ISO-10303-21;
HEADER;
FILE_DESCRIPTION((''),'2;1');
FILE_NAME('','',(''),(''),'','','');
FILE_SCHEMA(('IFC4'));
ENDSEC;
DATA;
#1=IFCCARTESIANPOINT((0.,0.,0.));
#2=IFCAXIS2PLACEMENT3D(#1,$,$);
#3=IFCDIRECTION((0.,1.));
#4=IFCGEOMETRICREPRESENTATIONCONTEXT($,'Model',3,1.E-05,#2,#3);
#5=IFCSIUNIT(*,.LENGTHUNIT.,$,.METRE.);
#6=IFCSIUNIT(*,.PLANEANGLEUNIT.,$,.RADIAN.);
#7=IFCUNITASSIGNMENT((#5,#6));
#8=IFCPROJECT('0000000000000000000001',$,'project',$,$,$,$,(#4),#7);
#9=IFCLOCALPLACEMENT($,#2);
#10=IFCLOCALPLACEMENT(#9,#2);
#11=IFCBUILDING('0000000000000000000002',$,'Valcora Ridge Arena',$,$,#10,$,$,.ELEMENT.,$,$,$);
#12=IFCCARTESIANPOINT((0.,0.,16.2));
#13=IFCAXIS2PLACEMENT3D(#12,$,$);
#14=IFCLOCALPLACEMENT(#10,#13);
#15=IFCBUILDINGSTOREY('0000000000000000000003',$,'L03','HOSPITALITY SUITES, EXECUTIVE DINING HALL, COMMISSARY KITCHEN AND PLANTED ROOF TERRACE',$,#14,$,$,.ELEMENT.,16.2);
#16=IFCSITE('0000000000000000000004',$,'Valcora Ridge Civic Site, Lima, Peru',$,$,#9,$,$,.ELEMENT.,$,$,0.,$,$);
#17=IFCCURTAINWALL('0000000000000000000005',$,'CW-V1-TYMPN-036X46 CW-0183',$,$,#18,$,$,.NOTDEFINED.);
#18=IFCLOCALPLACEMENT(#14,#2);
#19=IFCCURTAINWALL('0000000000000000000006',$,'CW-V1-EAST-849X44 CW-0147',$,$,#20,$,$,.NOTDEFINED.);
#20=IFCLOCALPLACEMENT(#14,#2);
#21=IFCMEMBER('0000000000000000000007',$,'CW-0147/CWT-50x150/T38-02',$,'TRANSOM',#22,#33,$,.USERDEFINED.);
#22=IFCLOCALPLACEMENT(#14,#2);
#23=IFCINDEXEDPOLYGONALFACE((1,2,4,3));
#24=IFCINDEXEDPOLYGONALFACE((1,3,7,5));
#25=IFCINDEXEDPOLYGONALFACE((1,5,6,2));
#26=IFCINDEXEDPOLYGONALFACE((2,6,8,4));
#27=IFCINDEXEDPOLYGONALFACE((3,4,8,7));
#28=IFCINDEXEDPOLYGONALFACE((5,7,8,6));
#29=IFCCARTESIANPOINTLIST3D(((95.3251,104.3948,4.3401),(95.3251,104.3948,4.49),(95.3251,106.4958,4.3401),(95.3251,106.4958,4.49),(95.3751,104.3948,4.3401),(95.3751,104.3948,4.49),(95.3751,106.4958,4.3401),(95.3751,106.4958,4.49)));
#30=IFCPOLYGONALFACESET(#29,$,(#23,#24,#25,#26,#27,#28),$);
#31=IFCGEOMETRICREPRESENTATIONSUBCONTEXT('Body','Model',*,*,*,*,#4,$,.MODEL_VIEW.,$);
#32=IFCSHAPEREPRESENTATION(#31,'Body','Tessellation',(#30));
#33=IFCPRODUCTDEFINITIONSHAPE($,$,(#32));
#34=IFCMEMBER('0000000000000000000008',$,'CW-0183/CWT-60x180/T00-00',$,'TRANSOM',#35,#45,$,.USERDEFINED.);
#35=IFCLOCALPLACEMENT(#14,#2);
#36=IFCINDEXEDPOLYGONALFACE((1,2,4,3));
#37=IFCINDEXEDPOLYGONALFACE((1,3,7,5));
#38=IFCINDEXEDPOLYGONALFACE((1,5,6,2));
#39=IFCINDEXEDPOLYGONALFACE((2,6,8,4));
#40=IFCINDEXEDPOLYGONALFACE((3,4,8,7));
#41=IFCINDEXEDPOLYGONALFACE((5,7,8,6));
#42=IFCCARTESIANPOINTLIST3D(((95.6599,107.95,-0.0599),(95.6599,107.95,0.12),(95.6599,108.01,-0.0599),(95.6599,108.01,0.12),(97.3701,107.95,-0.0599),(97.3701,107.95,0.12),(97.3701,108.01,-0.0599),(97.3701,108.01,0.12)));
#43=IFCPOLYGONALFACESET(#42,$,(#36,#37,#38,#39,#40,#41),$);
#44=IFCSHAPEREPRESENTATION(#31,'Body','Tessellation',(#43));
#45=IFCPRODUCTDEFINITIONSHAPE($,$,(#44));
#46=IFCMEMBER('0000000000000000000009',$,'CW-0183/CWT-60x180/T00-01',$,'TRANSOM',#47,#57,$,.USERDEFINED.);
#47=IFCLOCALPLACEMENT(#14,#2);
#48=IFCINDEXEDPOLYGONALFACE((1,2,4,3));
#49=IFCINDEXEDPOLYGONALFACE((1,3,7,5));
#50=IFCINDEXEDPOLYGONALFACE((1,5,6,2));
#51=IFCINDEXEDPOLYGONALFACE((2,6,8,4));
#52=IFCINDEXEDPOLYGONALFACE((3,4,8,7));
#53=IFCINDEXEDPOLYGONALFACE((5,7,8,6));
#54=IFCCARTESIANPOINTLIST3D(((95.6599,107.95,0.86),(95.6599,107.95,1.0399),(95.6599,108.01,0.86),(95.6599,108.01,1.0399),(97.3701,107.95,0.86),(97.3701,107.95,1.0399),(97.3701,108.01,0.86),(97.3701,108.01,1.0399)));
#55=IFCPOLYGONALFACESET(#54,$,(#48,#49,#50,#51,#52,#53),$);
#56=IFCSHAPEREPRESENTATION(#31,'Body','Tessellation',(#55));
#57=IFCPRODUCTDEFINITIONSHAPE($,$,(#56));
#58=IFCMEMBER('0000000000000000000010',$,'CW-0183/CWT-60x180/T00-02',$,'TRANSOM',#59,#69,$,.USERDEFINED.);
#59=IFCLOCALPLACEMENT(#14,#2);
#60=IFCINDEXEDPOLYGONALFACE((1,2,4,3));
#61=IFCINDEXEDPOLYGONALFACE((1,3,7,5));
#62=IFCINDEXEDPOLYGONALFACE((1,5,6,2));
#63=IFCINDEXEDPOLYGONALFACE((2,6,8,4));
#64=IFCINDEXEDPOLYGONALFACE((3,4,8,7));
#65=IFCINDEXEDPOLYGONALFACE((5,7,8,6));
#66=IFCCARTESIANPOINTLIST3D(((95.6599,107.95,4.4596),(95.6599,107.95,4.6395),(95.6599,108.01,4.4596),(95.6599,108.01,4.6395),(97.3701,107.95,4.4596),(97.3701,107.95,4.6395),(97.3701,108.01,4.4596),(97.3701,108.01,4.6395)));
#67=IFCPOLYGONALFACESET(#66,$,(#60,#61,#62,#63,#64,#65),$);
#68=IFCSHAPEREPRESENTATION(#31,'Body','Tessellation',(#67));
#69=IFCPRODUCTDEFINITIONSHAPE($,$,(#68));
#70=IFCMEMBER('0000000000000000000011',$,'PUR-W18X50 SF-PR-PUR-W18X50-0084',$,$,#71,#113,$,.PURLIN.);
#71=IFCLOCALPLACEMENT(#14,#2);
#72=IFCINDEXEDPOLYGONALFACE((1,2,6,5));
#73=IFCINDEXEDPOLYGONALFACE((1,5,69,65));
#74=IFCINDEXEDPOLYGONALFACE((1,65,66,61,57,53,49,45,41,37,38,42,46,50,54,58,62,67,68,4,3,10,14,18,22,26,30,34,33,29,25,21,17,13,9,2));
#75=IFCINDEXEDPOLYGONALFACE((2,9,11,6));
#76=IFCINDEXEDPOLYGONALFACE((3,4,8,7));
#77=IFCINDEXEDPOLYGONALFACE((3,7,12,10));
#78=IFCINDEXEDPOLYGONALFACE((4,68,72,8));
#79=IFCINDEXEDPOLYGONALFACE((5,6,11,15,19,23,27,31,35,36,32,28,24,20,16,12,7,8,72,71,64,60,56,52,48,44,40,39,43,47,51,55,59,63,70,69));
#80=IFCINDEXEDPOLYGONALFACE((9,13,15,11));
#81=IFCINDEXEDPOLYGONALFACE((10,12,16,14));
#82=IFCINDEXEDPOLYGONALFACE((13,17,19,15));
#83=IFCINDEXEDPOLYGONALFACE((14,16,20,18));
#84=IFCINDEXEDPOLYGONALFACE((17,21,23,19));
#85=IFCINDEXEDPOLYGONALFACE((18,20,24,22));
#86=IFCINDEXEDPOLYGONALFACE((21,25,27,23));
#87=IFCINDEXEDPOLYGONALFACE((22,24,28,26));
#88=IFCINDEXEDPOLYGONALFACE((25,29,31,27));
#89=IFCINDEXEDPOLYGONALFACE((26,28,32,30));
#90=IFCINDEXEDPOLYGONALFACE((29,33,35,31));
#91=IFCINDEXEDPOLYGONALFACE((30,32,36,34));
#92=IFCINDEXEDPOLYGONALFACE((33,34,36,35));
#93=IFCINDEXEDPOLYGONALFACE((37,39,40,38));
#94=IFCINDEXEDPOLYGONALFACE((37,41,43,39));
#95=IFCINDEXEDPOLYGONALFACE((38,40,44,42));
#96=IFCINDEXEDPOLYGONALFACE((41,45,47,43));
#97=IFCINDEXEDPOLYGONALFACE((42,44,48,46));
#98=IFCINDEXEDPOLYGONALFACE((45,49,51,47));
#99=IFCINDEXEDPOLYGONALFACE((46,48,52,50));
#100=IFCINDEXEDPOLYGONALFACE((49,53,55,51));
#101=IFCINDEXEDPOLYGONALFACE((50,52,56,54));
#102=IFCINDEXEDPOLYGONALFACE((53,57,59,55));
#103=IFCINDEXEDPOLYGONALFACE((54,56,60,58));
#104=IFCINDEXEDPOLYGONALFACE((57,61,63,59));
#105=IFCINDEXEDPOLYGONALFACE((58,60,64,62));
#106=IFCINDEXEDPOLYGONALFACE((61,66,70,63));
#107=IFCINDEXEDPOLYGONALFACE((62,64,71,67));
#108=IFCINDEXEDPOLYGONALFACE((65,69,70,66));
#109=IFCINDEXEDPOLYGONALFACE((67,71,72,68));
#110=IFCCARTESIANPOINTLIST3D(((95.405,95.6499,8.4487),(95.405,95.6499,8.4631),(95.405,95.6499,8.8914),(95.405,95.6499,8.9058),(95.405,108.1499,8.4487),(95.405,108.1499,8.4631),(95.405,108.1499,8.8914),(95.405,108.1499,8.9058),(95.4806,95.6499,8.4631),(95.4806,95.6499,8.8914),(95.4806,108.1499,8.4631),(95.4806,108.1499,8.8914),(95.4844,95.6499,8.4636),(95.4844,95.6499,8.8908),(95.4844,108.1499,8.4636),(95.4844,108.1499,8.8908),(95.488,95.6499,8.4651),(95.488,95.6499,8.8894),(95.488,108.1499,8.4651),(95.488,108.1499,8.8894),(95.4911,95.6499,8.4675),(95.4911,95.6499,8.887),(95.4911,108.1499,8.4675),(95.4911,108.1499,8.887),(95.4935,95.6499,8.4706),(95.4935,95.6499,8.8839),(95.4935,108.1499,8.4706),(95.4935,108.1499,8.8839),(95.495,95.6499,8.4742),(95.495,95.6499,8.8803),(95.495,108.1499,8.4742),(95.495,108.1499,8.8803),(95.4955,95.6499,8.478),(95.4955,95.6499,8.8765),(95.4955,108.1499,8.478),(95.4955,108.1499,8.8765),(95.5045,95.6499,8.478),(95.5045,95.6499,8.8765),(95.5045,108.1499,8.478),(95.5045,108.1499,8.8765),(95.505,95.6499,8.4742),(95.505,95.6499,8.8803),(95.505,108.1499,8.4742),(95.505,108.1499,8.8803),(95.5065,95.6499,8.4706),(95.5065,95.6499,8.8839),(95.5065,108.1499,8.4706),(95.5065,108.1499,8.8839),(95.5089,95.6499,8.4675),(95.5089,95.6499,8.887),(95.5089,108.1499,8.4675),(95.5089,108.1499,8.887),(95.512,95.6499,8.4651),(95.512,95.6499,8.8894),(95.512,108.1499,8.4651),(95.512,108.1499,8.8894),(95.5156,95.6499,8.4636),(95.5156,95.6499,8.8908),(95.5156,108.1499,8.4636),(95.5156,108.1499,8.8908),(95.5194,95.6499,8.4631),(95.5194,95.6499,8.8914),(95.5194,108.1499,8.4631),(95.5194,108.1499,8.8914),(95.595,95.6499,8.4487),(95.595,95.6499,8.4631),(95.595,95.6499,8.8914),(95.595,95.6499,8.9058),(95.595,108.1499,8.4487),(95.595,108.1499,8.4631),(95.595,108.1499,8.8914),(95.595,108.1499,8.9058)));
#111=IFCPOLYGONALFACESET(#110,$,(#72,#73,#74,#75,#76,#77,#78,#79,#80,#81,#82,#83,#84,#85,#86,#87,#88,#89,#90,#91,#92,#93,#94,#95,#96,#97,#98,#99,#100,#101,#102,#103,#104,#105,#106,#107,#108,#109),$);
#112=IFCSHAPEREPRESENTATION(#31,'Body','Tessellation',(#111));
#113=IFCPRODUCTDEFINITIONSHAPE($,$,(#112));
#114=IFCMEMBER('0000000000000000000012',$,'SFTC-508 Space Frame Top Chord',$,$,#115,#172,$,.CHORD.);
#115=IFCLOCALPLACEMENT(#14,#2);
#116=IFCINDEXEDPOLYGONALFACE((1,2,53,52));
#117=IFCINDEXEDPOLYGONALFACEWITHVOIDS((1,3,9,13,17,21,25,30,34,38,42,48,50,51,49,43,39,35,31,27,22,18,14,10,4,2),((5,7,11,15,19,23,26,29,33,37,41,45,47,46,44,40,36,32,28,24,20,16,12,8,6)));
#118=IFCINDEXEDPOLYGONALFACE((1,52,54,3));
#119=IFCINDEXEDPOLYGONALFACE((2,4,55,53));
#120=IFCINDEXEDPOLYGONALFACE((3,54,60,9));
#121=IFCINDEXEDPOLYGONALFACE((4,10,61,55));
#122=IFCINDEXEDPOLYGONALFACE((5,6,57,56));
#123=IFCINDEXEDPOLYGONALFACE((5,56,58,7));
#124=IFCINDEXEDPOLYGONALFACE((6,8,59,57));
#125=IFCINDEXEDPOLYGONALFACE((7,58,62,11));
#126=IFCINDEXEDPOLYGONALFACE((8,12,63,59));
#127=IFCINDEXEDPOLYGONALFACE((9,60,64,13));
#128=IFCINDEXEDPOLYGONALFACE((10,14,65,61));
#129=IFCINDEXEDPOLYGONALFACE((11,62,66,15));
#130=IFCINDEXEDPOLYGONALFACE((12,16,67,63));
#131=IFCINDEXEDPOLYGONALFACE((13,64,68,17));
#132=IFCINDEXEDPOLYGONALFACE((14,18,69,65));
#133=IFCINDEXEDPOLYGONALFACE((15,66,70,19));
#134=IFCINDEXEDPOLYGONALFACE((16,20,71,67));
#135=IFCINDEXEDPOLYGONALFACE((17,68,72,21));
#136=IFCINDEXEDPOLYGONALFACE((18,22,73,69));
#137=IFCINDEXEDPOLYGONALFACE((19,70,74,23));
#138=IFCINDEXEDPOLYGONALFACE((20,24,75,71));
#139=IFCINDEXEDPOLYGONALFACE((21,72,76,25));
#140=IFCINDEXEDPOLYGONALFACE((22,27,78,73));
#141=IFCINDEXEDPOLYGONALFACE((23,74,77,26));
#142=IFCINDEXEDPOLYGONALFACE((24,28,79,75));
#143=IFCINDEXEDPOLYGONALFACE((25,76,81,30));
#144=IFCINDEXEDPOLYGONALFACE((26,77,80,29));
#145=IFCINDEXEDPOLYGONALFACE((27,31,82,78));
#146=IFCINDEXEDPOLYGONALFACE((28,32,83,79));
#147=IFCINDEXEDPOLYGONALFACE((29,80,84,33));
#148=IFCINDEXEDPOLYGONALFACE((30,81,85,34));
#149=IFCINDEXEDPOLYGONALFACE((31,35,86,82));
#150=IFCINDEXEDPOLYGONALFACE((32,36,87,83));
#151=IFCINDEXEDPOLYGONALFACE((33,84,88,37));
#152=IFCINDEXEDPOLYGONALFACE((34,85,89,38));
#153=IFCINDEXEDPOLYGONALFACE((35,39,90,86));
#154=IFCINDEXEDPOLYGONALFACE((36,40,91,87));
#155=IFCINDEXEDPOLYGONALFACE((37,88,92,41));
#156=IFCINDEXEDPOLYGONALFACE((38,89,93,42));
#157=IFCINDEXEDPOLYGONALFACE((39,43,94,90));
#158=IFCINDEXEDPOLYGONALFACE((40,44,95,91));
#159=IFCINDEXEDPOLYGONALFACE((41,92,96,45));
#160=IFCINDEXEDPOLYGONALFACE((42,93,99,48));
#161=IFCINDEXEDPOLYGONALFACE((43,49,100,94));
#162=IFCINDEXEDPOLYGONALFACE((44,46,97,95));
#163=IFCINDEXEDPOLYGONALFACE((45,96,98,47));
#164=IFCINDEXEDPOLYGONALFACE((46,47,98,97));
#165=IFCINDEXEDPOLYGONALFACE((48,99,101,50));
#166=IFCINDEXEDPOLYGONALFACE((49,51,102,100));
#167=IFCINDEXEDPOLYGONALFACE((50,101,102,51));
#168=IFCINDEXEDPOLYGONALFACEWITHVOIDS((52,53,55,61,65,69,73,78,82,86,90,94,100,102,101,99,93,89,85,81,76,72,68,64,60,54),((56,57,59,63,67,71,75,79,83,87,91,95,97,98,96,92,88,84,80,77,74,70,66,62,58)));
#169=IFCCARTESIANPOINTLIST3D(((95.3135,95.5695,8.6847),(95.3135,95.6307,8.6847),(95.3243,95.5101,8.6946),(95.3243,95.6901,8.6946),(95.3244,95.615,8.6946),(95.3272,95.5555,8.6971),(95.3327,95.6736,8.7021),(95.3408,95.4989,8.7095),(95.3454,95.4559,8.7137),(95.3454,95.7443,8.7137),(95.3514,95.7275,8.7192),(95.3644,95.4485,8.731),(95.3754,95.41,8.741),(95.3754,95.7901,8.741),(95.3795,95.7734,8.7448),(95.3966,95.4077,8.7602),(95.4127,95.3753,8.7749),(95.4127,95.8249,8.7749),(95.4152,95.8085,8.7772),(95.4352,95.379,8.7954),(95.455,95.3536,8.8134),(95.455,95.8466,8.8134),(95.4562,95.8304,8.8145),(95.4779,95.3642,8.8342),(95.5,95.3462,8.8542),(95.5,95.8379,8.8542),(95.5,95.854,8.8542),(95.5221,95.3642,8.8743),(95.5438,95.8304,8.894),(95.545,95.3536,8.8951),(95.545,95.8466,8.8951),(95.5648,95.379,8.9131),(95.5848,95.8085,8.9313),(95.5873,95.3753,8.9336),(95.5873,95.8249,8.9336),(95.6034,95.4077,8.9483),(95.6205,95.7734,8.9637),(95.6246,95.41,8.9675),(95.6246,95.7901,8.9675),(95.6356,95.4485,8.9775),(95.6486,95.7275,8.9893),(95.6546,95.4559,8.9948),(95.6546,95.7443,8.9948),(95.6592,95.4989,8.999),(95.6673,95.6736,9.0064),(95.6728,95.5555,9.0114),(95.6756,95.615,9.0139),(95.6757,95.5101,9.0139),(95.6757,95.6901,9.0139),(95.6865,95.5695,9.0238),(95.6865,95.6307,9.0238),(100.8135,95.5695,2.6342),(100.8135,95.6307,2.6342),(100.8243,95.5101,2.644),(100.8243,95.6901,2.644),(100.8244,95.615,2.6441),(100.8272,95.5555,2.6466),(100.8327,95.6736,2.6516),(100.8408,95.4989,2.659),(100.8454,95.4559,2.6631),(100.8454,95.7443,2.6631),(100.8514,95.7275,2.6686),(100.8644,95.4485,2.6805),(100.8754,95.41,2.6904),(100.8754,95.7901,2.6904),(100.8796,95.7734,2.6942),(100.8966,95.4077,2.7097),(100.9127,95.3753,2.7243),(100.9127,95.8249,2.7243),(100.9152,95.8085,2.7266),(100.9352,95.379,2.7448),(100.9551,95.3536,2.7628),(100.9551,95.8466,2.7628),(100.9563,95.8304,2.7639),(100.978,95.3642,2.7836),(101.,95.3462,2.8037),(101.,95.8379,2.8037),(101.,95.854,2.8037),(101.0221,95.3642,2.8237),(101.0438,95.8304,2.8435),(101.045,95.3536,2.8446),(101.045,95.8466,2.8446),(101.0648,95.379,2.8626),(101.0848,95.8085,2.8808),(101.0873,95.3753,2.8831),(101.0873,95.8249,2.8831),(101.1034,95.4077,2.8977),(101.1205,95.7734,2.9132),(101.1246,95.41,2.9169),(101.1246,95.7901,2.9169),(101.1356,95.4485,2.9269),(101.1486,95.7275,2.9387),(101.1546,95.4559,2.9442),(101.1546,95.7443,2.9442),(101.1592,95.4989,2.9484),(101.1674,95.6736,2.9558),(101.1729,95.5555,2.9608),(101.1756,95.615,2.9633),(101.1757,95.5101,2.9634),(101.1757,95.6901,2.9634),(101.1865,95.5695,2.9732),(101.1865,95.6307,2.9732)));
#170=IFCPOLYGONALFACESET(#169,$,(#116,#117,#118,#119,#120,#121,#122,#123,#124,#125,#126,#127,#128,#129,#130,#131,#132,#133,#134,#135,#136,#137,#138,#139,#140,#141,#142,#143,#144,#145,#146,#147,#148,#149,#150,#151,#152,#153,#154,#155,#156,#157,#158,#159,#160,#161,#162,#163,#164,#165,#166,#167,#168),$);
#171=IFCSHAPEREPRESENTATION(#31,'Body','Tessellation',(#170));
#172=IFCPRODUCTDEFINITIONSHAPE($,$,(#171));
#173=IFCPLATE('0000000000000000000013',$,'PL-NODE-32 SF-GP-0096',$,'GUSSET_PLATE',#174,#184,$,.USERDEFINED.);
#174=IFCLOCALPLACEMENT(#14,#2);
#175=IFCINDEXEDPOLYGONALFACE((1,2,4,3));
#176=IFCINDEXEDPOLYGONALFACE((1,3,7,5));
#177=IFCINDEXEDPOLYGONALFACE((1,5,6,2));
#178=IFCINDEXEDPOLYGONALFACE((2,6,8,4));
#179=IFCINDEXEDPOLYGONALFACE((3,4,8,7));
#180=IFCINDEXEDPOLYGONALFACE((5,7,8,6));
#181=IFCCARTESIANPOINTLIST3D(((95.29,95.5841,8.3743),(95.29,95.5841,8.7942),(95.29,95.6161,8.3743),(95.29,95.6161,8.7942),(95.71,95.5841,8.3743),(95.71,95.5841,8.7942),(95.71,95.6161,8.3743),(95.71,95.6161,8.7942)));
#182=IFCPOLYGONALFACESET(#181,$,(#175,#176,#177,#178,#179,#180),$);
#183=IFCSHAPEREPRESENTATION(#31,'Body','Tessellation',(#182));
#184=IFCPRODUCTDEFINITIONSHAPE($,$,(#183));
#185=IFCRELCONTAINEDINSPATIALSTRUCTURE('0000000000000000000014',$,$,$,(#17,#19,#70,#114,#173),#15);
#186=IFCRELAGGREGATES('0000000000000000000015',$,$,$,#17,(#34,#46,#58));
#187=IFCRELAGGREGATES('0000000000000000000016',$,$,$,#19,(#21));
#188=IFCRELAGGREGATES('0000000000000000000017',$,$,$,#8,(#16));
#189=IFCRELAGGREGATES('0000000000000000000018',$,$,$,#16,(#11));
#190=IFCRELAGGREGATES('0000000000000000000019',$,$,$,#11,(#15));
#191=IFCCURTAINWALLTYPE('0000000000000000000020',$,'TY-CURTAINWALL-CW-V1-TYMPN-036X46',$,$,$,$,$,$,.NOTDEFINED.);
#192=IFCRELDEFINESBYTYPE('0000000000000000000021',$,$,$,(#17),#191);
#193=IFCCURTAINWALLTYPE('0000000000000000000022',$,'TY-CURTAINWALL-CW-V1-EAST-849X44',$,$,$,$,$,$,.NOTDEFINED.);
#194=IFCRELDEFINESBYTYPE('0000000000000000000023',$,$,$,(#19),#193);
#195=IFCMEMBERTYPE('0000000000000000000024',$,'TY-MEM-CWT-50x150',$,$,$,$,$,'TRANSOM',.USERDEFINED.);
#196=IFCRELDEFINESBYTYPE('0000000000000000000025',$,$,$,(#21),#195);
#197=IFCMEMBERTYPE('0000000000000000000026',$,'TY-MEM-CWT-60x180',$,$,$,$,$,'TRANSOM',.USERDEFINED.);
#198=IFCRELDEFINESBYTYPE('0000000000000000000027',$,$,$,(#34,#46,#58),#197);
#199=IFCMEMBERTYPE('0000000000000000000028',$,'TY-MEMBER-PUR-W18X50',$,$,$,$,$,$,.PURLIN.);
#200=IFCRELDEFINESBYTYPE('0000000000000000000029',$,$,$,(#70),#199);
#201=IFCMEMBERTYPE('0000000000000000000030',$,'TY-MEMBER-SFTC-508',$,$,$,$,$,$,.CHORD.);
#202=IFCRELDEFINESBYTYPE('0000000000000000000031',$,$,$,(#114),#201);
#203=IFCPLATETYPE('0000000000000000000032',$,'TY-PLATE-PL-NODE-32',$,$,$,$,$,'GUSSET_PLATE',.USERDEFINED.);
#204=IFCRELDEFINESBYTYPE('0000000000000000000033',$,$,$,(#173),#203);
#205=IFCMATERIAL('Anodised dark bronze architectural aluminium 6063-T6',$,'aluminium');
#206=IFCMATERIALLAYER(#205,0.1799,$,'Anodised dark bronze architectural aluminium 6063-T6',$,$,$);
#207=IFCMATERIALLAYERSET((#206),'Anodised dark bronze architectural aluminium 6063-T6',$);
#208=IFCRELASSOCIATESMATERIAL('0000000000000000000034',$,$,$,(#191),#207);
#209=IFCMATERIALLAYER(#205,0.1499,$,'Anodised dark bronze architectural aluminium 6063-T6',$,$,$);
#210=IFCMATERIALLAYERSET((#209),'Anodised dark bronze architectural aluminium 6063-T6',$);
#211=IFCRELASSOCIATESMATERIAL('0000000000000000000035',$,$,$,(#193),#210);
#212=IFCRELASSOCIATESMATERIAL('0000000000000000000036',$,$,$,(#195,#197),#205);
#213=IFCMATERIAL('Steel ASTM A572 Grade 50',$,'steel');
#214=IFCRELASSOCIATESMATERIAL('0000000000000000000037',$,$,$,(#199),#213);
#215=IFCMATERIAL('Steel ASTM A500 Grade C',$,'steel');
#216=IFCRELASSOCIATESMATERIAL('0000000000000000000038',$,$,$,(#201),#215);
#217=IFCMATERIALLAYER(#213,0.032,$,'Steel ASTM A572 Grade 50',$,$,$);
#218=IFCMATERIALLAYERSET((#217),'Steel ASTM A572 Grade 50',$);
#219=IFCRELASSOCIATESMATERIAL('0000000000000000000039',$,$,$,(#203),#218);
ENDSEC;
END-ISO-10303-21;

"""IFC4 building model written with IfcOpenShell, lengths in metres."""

from ifc_helpers import new_model, si_unit, direction, frame, origin, origin_2d, place, context, subcontext, project, spatial, rectangle, hollow_circle, i_section, extrude, material, layer, layer_set, material_profile, profile_set, type_object, element, aggregate, save


model = new_model("IFC4")

# Units and contexts
model_context = context("Model", 3, precision=1e-05, world=origin(), true_north=direction((0.0, 1.0)))
body_context = subcontext(model_context, "Body", "Model", "MODEL_VIEW")
ifc_project = project(units=[si_unit("LENGTHUNIT", "METRE"), si_unit("PLANEANGLEUNIT", "RADIAN")], contexts=[model_context])

# Site, building, storey
site_placement = place(None, origin())
site = spatial("IfcSite", under=ifc_project, at=site_placement, Name="Valcora Ridge Civic Site, Lima, Peru", CompositionType="ELEMENT", RefElevation=0.0)
building_placement = place(site_placement, origin())
building = spatial("IfcBuilding", under=site, at=building_placement, Name="Valcora Ridge Arena", CompositionType="ELEMENT")
storey_placement = place(building_placement, frame((0.0, 0.0, 16.2)))
storey = spatial("IfcBuildingStorey", under=building, at=storey_placement, Name="L03", Description="HOSPITALITY SUITES, EXECUTIVE DINING HALL, COMMISSARY KITCHEN AND PLANTED ROOF TERRACE", CompositionType="ELEMENT", Elevation=16.2)

# Curtain wall
ifc_material_1 = material(Name="Anodised dark bronze architectural aluminium 6063-T6", Category="aluminium")
ifc_layer_1 = layer(ifc_material_1, 0.1799, Name="Anodised dark bronze architectural aluminium 6063-T6")
ifc_layer_set_1 = layer_set([ifc_layer_1], Name="Anodised dark bronze architectural aluminium 6063-T6")
curtain_wall_type_1 = type_object("IfcCurtainWallType", Name="TY-CURTAINWALL-CW-V1-TYMPN-036X46", PredefinedType="NOTDEFINED", material=ifc_layer_set_1)
curtain_wall_1_placement = place(storey_placement, origin())
curtain_wall_1 = element("IfcCurtainWall", 1, at=curtain_wall_1_placement, inside=storey, type_object=curtain_wall_type_1, Name="CW-V1-TYMPN-036X46 CW-0183", PredefinedType="NOTDEFINED")

# Curtain wall, member
ifc_layer_2 = layer(ifc_material_1, 0.1499, Name="Anodised dark bronze architectural aluminium 6063-T6")
ifc_layer_set_2 = layer_set([ifc_layer_2], Name="Anodised dark bronze architectural aluminium 6063-T6")
curtain_wall_type_2 = type_object("IfcCurtainWallType", Name="TY-CURTAINWALL-CW-V1-EAST-849X44", PredefinedType="NOTDEFINED", material=ifc_layer_set_2)
curtain_wall_2_placement = place(storey_placement, origin())
curtain_wall_2 = element("IfcCurtainWall", 2, at=curtain_wall_2_placement, inside=storey, type_object=curtain_wall_type_2, Name="CW-V1-EAST-849X44 CW-0147", PredefinedType="NOTDEFINED")
ifc_material_profile_1 = material_profile(ifc_material_1, rectangle(XDim=0.05, YDim=0.1499, at=origin_2d()), Name="ALU TRANSOM 50x150")
ifc_profile_set_1 = profile_set([ifc_material_profile_1], Name="Anodised dark bronze architectural aluminium 6063-T6")
member_type_1 = type_object("IfcMemberType", Name="TY-MEM-CWT-50x150", ElementType="TRANSOM", PredefinedType="USERDEFINED", material=ifc_profile_set_1)
member_1_placement = place(storey_placement, frame((95.3501, 104.3948, 4.415), z_axis=(0.0, 1.0, 0.0), x_axis=(-1.0, 0.0, 0.0)))
member_1 = element("IfcMember", 3, at=member_1_placement, type_object=member_type_1, Name="CW-0147/CWT-50x150/T38-02", ObjectType="TRANSOM", PredefinedType="USERDEFINED", context=body_context, shape_type="SweptSolid", body=[
    extrude(rectangle(XDim=0.05, YDim=0.1499, at=origin_2d()), origin(), (0.0, 0.0, 1.0), 2.1011),
])

# Members
ifc_material_profile_2 = material_profile(ifc_material_1, rectangle(XDim=0.0601, YDim=0.1799, at=origin_2d()), Name="ALU TRANSOM 60x180")
ifc_profile_set_2 = profile_set([ifc_material_profile_2], Name="Anodised dark bronze architectural aluminium 6063-T6")
member_type_2 = type_object("IfcMemberType", Name="TY-MEM-CWT-60x180", ElementType="TRANSOM", PredefinedType="USERDEFINED", material=ifc_profile_set_2)
member_2_placement = place(storey_placement, frame((95.6599, 107.98, 0.03), z_axis=(1.0, 0.0, 0.0), x_axis=(0.0, 1.0, 0.0)))
member_2 = element("IfcMember", 4, at=member_2_placement, type_object=member_type_2, Name="CW-0183/CWT-60x180/T00-00", ObjectType="TRANSOM", PredefinedType="USERDEFINED", context=body_context, shape_type="SweptSolid", body=[
    extrude(rectangle(XDim=0.0601, YDim=0.1799, at=origin_2d()), origin(), (0.0, 0.0, 1.0), 1.7102),
])
member_3_placement = place(storey_placement, frame((95.6599, 107.98, 0.95), z_axis=(1.0, 0.0, 0.0), x_axis=(0.0, 1.0, 0.0)))
member_3 = element("IfcMember", 5, at=member_3_placement, type_object=member_type_2, Name="CW-0183/CWT-60x180/T00-01", ObjectType="TRANSOM", PredefinedType="USERDEFINED", context=body_context, shape_type="SweptSolid", body=[
    extrude(rectangle(XDim=0.0601, YDim=0.1799, at=origin_2d()), origin(), (0.0, 0.0, 1.0), 1.7102),
])
member_4_placement = place(storey_placement, frame((95.6599, 107.98, 4.5496), z_axis=(1.0, 0.0, 0.0), x_axis=(0.0, 1.0, 0.0)))
member_4 = element("IfcMember", 6, at=member_4_placement, type_object=member_type_2, Name="CW-0183/CWT-60x180/T00-02", ObjectType="TRANSOM", PredefinedType="USERDEFINED", context=body_context, shape_type="SweptSolid", body=[
    extrude(rectangle(XDim=0.0601, YDim=0.1799, at=origin_2d()), origin(), (0.0, 0.0, 1.0), 1.7102),
])
aggregate(curtain_wall_1, [member_2, member_3, member_4])

# Members
ifc_material_2 = material(Name="Steel ASTM A572 Grade 50", Category="steel")
ifc_material_profile_3 = material_profile(ifc_material_2, i_section(OverallWidth=0.1899, OverallDepth=0.457, WebThickness=0.009, FlangeThickness=0.0144, FilletRadius=0.0149, at=origin_2d()), Name="W18X50")
ifc_profile_set_3 = profile_set([ifc_material_profile_3], Name="Steel ASTM A572 Grade 50")
member_type_3 = type_object("IfcMemberType", Name="TY-MEMBER-PUR-W18X50", PredefinedType="PURLIN", material=ifc_profile_set_3)
member_5_placement = place(storey_placement, frame((95.5, 95.6499, 8.6772), z_axis=(0.0, 1.0, 0.0), x_axis=(-1.0, 0.0, 0.0)))
element("IfcMember", 7, at=member_5_placement, inside=storey, type_object=member_type_3, Name="PUR-W18X50 SF-PR-PUR-W18X50-0084", PredefinedType="PURLIN", context=body_context, shape_type="SweptSolid", body=[
    extrude(i_section(OverallWidth=0.1899, OverallDepth=0.457, WebThickness=0.009, FlangeThickness=0.0144, FilletRadius=0.0149, at=origin_2d()), origin(), (0.0, 0.0, 1.0), 12.5),
])
ifc_material_3 = material(Name="Steel ASTM A500 Grade C", Category="steel")
ifc_material_profile_4 = material_profile(ifc_material_3, hollow_circle(Radius=0.2539, WallThickness=0.0161, at=origin_2d()), Name="CHS508X16")
ifc_profile_set_4 = profile_set([ifc_material_profile_4], Name="Steel ASTM A500 Grade C")
member_type_4 = type_object("IfcMemberType", Name="TY-MEMBER-SFTC-508", PredefinedType="CHORD", material=ifc_profile_set_4)
member_6_placement = place(storey_placement, frame((95.5, 95.6001, 8.8542), z_axis=(0.67264, 0.0, -0.73997), x_axis=(0.0, 1.0, 0.0)))
element("IfcMember", 8, at=member_6_placement, inside=storey, type_object=member_type_4, Name="SFTC-508 Space Frame Top Chord", PredefinedType="CHORD", context=body_context, shape_type="SweptSolid", body=[
    extrude(hollow_circle(Radius=0.2539, WallThickness=0.0161, at=origin_2d()), origin(), (0.0, 0.0, 1.0), 8.1768),
])

# Plate
ifc_layer_3 = layer(ifc_material_2, 0.032, Name="Steel ASTM A572 Grade 50")
ifc_layer_set_3 = layer_set([ifc_layer_3], Name="Steel ASTM A572 Grade 50")
plate_type_1 = type_object("IfcPlateType", Name="TY-PLATE-PL-NODE-32", ElementType="GUSSET_PLATE", PredefinedType="USERDEFINED", material=ifc_layer_set_3)
plate_1_placement = place(storey_placement, frame((95.5, 95.6001, 8.3743), z_axis=(0.0, 0.0, 1.0), x_axis=(1.0, 0.0, 0.0)))
element("IfcPlate", 9, at=plate_1_placement, inside=storey, type_object=plate_type_1, Name="PL-NODE-32 SF-GP-0096", ObjectType="GUSSET_PLATE", PredefinedType="USERDEFINED", context=body_context, shape_type="SweptSolid", body=[
    extrude(rectangle(XDim=0.4199, YDim=0.032, at=origin_2d()), origin(), (0.0, 0.0, 1.0), 0.4199),
])
aggregate(curtain_wall_2, [member_1])

save(model, "model.ifc")
